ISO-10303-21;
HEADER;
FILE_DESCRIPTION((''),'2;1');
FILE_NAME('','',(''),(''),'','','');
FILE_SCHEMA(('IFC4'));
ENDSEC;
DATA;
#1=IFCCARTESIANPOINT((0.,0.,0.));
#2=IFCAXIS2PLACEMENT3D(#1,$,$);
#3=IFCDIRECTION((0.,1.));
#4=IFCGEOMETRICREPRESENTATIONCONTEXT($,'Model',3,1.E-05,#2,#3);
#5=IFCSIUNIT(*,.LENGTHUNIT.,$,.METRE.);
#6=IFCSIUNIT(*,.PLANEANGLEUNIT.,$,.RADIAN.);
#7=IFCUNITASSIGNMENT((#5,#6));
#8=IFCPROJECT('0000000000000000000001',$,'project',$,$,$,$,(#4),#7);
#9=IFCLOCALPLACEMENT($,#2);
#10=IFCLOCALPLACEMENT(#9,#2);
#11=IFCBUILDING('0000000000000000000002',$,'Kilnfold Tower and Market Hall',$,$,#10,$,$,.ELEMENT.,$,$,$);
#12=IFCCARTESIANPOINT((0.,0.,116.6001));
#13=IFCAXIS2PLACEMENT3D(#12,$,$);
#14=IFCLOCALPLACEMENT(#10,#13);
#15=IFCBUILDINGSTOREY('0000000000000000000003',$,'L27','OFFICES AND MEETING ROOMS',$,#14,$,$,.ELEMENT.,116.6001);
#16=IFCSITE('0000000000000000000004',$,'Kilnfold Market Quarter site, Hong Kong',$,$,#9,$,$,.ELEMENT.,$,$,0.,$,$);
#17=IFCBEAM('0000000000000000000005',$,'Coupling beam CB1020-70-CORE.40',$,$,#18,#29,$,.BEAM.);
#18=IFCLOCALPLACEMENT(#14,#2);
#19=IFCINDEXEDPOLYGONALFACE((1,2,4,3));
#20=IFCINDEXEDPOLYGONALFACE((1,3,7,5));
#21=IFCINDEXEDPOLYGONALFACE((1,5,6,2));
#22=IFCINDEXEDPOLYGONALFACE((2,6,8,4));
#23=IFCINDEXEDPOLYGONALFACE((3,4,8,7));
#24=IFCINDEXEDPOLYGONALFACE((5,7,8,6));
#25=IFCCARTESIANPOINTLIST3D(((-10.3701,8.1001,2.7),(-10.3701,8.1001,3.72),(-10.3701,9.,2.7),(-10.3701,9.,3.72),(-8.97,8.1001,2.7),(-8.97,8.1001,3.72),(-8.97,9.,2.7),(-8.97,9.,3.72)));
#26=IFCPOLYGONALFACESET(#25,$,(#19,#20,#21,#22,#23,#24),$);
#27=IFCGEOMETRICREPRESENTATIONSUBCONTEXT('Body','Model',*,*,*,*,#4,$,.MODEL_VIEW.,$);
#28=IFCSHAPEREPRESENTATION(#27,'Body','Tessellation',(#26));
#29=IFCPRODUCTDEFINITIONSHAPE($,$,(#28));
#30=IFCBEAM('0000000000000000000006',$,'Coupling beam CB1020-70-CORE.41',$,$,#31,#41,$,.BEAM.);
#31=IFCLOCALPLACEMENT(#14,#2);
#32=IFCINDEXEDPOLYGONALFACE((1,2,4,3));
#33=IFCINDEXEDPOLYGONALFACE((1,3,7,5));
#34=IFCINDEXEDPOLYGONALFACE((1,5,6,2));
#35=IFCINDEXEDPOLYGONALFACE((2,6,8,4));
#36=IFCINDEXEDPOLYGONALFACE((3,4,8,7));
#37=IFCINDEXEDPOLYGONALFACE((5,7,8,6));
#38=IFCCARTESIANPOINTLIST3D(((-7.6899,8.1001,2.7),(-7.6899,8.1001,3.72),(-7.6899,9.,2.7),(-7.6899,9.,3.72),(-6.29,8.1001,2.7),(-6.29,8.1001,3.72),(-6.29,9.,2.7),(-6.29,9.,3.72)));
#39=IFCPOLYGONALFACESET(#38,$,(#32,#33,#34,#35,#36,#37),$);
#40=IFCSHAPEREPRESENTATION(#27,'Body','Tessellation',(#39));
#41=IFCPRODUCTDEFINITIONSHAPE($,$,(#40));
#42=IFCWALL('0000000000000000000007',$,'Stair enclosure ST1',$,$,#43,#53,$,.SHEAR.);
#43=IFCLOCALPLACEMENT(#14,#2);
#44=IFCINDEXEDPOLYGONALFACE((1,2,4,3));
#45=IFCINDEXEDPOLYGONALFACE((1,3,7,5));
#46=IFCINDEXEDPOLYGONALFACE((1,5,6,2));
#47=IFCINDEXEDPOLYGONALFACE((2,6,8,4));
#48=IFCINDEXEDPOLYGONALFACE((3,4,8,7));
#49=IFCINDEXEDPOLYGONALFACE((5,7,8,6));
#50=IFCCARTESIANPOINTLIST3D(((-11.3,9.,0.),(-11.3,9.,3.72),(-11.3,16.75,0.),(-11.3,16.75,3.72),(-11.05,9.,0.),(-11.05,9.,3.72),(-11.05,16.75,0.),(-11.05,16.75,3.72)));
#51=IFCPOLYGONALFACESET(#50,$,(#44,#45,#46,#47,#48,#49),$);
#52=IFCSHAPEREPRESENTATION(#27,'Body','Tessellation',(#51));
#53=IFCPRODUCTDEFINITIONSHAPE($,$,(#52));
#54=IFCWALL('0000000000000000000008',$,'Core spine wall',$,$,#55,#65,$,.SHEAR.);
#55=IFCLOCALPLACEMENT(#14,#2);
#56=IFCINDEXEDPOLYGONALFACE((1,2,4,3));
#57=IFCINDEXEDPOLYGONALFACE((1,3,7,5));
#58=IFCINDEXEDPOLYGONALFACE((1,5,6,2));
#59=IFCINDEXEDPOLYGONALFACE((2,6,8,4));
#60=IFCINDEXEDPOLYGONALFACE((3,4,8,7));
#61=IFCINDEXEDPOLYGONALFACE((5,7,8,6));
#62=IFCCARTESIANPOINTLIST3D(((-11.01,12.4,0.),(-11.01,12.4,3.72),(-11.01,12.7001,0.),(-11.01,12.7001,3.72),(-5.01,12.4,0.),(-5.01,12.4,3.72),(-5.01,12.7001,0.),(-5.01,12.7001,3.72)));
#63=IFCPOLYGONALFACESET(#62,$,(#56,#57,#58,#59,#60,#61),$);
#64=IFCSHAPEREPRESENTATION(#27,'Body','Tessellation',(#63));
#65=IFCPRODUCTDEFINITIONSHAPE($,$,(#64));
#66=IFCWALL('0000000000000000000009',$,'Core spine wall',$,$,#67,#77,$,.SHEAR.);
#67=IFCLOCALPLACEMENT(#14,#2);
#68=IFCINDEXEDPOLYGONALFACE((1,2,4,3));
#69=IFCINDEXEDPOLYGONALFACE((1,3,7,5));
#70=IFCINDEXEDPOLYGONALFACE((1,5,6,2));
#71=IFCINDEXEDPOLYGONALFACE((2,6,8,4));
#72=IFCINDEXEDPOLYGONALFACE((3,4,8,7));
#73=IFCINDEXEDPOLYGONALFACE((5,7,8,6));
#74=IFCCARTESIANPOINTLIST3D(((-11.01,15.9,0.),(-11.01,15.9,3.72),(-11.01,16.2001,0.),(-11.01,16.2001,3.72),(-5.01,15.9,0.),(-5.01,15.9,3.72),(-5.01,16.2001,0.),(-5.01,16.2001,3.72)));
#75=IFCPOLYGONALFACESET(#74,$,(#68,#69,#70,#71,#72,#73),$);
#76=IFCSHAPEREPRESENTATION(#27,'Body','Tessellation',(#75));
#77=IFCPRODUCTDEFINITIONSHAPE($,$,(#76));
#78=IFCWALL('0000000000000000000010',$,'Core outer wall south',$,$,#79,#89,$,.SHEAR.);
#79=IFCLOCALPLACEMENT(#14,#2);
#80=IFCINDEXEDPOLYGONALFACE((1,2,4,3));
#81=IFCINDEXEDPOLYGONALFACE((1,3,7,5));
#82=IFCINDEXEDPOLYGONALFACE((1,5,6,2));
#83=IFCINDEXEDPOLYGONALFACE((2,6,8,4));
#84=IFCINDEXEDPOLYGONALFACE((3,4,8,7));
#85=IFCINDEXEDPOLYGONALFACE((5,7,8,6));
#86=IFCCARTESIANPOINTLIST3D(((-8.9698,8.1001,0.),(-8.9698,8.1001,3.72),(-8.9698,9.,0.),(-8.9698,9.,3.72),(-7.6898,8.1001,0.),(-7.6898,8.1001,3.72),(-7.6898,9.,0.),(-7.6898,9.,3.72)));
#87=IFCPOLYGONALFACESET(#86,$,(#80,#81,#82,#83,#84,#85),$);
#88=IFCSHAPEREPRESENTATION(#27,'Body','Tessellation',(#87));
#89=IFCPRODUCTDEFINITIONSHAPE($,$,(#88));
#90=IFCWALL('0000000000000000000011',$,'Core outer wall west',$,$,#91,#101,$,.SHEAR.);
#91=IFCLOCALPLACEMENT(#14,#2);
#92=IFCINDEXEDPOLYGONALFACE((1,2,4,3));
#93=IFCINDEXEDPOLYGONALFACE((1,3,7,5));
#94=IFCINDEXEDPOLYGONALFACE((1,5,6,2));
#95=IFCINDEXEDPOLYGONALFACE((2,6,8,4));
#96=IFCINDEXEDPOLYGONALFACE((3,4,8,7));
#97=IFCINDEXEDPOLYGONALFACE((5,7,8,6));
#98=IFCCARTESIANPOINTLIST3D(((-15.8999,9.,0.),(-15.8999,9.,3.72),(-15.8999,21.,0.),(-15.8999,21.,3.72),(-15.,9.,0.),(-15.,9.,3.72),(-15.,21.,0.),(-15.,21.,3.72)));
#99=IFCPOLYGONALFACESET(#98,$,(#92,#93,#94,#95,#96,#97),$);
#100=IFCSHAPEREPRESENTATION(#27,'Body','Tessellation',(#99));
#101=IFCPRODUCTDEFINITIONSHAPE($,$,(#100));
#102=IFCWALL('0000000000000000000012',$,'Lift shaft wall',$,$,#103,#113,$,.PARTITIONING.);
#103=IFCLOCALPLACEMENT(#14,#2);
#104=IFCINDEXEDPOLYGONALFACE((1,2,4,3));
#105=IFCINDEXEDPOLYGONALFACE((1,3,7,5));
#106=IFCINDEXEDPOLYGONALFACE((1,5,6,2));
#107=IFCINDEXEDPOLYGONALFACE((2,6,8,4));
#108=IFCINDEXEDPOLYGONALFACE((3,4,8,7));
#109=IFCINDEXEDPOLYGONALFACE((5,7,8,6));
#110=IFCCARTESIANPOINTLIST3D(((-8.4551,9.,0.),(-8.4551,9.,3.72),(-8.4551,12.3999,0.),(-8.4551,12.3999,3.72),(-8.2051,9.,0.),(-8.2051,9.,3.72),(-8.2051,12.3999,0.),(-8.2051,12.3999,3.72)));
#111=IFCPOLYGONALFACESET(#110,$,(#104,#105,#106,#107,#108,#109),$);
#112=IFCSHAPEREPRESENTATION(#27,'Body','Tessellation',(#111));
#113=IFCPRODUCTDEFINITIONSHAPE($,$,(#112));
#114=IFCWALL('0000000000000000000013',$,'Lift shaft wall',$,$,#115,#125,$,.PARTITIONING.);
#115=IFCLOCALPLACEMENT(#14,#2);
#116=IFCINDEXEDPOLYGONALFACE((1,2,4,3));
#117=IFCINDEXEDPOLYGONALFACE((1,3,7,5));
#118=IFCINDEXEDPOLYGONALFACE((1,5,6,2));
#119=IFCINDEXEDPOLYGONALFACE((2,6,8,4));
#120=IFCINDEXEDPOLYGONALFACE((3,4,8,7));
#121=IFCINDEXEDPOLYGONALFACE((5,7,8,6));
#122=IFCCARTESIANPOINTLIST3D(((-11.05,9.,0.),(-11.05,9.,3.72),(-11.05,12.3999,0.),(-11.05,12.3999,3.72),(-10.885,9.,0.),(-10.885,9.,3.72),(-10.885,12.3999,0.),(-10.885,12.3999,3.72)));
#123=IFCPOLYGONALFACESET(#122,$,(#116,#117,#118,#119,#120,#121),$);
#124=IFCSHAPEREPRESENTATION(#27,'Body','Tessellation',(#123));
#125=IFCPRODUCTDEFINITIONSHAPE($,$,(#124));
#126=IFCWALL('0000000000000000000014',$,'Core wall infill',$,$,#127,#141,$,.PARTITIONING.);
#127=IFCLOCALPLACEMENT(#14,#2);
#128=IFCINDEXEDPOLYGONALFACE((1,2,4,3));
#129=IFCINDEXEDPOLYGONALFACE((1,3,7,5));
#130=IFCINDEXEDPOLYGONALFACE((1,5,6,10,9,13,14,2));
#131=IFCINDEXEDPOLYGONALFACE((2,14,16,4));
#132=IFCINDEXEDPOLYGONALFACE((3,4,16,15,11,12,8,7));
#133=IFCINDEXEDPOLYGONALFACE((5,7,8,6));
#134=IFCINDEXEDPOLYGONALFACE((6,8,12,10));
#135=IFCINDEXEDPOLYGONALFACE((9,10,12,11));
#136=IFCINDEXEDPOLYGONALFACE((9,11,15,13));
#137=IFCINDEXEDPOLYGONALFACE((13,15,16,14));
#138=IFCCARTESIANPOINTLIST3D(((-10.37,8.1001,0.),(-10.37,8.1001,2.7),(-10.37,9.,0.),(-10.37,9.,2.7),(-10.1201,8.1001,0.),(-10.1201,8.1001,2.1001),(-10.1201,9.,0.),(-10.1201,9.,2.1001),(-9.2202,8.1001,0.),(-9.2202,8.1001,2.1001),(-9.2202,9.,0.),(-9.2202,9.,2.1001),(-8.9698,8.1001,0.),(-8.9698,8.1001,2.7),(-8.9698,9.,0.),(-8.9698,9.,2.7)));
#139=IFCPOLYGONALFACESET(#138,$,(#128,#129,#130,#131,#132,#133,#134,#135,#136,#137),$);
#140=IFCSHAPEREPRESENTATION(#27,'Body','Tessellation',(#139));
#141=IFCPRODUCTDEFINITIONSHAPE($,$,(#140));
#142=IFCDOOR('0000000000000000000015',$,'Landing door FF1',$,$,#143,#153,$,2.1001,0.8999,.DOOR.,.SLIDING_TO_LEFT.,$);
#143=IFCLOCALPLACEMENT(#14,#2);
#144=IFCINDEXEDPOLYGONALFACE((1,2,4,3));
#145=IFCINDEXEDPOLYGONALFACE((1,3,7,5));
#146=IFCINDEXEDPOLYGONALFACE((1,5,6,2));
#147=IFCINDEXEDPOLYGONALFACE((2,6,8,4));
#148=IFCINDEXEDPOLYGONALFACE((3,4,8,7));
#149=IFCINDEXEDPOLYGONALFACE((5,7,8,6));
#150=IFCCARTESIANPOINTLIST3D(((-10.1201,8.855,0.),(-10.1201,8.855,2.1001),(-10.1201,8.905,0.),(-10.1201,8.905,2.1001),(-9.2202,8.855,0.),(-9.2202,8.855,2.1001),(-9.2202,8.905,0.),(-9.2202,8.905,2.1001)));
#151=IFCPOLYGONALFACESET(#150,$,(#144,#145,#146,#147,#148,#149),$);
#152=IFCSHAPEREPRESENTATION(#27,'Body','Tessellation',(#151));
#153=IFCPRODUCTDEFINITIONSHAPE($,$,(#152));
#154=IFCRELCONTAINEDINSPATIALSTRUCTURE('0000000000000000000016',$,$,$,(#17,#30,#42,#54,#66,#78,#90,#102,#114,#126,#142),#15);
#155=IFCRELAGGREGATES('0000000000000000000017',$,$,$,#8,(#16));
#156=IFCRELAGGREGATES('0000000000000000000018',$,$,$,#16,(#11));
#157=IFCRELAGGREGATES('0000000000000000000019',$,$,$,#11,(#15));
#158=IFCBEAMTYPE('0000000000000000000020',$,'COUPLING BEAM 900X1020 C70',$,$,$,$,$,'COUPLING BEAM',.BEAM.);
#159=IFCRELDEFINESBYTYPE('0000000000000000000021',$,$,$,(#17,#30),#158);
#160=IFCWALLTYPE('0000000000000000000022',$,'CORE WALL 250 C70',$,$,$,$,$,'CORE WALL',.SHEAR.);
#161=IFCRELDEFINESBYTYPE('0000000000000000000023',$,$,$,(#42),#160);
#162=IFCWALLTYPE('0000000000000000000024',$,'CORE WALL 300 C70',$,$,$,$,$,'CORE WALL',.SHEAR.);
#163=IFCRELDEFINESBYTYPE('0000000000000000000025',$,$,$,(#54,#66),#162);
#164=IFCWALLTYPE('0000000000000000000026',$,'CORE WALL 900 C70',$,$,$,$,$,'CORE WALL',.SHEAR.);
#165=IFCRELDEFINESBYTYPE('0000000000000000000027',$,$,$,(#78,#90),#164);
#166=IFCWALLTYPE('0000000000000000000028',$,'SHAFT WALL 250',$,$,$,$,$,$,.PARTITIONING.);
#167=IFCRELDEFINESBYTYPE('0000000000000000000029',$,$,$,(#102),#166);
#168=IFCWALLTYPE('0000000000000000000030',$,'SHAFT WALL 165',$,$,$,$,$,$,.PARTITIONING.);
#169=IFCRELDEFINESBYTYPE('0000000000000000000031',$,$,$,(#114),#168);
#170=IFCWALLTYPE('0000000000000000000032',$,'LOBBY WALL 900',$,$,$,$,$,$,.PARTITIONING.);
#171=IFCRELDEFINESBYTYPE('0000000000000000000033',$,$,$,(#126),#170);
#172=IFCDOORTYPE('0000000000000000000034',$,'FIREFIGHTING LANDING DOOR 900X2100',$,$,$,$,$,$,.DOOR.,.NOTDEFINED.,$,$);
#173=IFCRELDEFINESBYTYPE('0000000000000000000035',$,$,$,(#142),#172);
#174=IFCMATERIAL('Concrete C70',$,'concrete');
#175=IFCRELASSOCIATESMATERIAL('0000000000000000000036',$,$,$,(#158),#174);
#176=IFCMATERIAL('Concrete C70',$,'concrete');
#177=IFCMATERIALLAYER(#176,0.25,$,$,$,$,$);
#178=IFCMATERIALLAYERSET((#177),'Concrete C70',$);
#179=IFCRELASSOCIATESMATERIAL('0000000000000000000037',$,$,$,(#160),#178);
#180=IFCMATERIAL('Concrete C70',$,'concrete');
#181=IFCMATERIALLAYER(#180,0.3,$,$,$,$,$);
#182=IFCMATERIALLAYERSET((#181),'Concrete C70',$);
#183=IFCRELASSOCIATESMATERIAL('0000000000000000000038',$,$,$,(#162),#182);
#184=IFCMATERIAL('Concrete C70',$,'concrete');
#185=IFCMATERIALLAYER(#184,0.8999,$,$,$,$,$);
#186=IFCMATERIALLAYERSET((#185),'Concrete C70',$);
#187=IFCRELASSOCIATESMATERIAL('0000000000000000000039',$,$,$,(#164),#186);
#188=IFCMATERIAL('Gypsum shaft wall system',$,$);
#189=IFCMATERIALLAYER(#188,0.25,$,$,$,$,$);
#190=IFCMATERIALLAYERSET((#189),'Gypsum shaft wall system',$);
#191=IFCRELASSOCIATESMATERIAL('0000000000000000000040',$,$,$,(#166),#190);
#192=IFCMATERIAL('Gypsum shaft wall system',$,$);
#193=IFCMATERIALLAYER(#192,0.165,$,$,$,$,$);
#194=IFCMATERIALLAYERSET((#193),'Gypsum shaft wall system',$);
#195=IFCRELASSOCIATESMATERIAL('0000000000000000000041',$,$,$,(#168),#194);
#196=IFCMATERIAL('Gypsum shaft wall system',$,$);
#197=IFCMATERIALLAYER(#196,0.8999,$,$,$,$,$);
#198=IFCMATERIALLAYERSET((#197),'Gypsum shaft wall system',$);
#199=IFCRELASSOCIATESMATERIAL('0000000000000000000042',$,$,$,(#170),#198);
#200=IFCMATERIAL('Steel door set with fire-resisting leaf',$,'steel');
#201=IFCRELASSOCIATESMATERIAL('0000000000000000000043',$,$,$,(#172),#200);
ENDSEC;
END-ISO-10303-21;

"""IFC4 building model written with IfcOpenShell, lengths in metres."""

from ifc_helpers import new_model, si_unit, direction, frame, frame_2d, origin, origin_2d, place, context, subcontext, project, spatial, rectangle, extrude, source, transform, mapped, material, layer, layer_set, material_profile, profile_set, type_object, element, fill, save


model = new_model("IFC4")

# Units and contexts
model_context = context("Model", 3, precision=1e-05, world=origin(), true_north=direction((0.0, 1.0)))
body_context = subcontext(model_context, "Body", "Model", "MODEL_VIEW")
ifc_project = project(units=[si_unit("LENGTHUNIT", "METRE"), si_unit("PLANEANGLEUNIT", "RADIAN")], contexts=[model_context])

# Site, building, storey
site_placement = place(None, origin())
site = spatial("IfcSite", under=ifc_project, at=site_placement, Name="Kilnfold Market Quarter site, Hong Kong", CompositionType="ELEMENT", RefElevation=0.0)
building_placement = place(site_placement, origin())
building = spatial("IfcBuilding", under=site, at=building_placement, Name="Kilnfold Tower and Market Hall", CompositionType="ELEMENT")
storey_placement = place(building_placement, frame((0.0, 0.0, 116.6001)))
storey = spatial("IfcBuildingStorey", under=building, at=storey_placement, Name="L27", Description="OFFICES AND MEETING ROOMS", CompositionType="ELEMENT", Elevation=116.6001)

# Beams
ifc_material_1 = material(Name="Concrete C70", Category="concrete")
ifc_material_profile = material_profile(ifc_material_1, rectangle(XDim=0.8999, YDim=1.02, at=origin_2d()), Name="RC 900x1020")
ifc_profile_set = profile_set([ifc_material_profile], Name="Concrete C70")
beam_type = type_object("IfcBeamType", Name="COUPLING BEAM 900X1020 C70", ElementType="COUPLING BEAM", PredefinedType="BEAM", material=ifc_profile_set)
shared_shape_1 = source(origin(), body_context, "Body", "SweptSolid", [
    extrude(rectangle(XDim=0.8999, YDim=1.02, at=origin_2d()), origin(), (0.0, 0.0, 1.0), 1.4001),
])
beam_1_placement = place(storey_placement, frame((-10.3701, 8.55, 3.21), z_axis=(1.0, 0.0, 0.0), x_axis=(0.0, 1.0, 0.0)))
element("IfcBeam", 1, at=beam_1_placement, inside=storey, type_object=beam_type, Name="Coupling beam CB1020-70-CORE.40", PredefinedType="BEAM", context=body_context, shape_type="MappedRepresentation", body=[
    mapped(shared_shape_1, transform((0.0, 0.0, 0.0))),
])
shared_shape_2 = source(origin(), body_context, "Body", "SweptSolid", [
    extrude(rectangle(XDim=0.8999, YDim=1.02, at=origin_2d()), origin(), (0.0, 0.0, 1.0), 1.3999),
])
beam_2_placement = place(storey_placement, frame((-7.6899, 8.55, 3.21), z_axis=(1.0, 0.0, 0.0), x_axis=(0.0, 1.0, 0.0)))
element("IfcBeam", 2, at=beam_2_placement, inside=storey, type_object=beam_type, Name="Coupling beam CB1020-70-CORE.41", PredefinedType="BEAM", context=body_context, shape_type="MappedRepresentation", body=[
    mapped(shared_shape_2, transform((0.0, 0.0, 0.0))),
])

# Walls
ifc_material_2 = material(Name="Concrete C70", Category="concrete")
ifc_layer_1 = layer(ifc_material_2, 0.25)
ifc_layer_set_1 = layer_set([ifc_layer_1], Name="Concrete C70")
wall_type_1 = type_object("IfcWallType", Name="CORE WALL 250 C70", ElementType="CORE WALL", PredefinedType="SHEAR", material=ifc_layer_set_1)
shared_shape_3 = source(origin(), body_context, "Body", "SweptSolid", [
    extrude(rectangle(XDim=7.75, YDim=0.25, at=frame_2d((3.875, 0.0))), origin(), (0.0, 0.0, 1.0), 3.72),
])
wall_1_placement = place(storey_placement, frame((-11.175, 9.0, 0.0), z_axis=(0.0, 0.0, 1.0), x_axis=(0.0, 1.0, 0.0)))
element("IfcWall", 3, at=wall_1_placement, inside=storey, type_object=wall_type_1, Name="Stair enclosure ST1", PredefinedType="SHEAR", context=body_context, shape_type="MappedRepresentation", body=[
    mapped(shared_shape_3, transform((0.0, 0.0, 0.0))),
])
ifc_material_3 = material(Name="Concrete C70", Category="concrete")
ifc_layer_2 = layer(ifc_material_3, 0.3)
ifc_layer_set_2 = layer_set([ifc_layer_2], Name="Concrete C70")
wall_type_2 = type_object("IfcWallType", Name="CORE WALL 300 C70", ElementType="CORE WALL", PredefinedType="SHEAR", material=ifc_layer_set_2)
shared_shape_4 = source(origin(), body_context, "Body", "SweptSolid", [
    extrude(rectangle(XDim=6.0, YDim=0.3, at=frame_2d((3.0, 0.0))), origin(), (0.0, 0.0, 1.0), 3.72),
])
for number, where, z_axis, x_axis, name in (
    (4, (-11.01, 12.55, 0.0), (0.0, 0.0, 1.0), (1.0, 0.0, 0.0), "Core spine wall"),
    (5, (-11.01, 16.05, 0.0), (0.0, 0.0, 1.0), (1.0, 0.0, 0.0), "Core spine wall"),
):
    element("IfcWall", number, at=place(storey_placement, frame(where, z_axis=z_axis, x_axis=x_axis)), inside=storey, type_object=wall_type_2, Name=name, PredefinedType="SHEAR", context=body_context, shape_type="MappedRepresentation", body=[
        mapped(shared_shape_4, transform((0.0, 0.0, 0.0))),
    ])
ifc_material_4 = material(Name="Concrete C70", Category="concrete")
ifc_layer_3 = layer(ifc_material_4, 0.8999)
ifc_layer_set_3 = layer_set([ifc_layer_3], Name="Concrete C70")
wall_type_3 = type_object("IfcWallType", Name="CORE WALL 900 C70", ElementType="CORE WALL", PredefinedType="SHEAR", material=ifc_layer_set_3)
shared_shape_5 = source(origin(), body_context, "Body", "SweptSolid", [
    extrude(rectangle(XDim=1.28, YDim=0.8999, at=frame_2d((0.6401, 0.0))), origin(), (0.0, 0.0, 1.0), 3.72),
])
wall_2_placement = place(storey_placement, frame((-8.97, 8.55, 0.0), z_axis=(0.0, 0.0, 1.0), x_axis=(1.0, 0.0, 0.0)))
element("IfcWall", 6, at=wall_2_placement, inside=storey, type_object=wall_type_3, Name="Core outer wall south", PredefinedType="SHEAR", context=body_context, shape_type="MappedRepresentation", body=[
    mapped(shared_shape_5, transform((0.0, 0.0, 0.0))),
])
shared_shape_6 = source(origin(), body_context, "Body", "SweptSolid", [
    extrude(rectangle(XDim=12.0, YDim=0.8999, at=frame_2d((6.0, 0.0))), origin(), (0.0, 0.0, 1.0), 3.72),
])
wall_3_placement = place(storey_placement, frame((-15.45, 9.0, 0.0), z_axis=(0.0, 0.0, 1.0), x_axis=(0.0, 1.0, 0.0)))
element("IfcWall", 7, at=wall_3_placement, inside=storey, type_object=wall_type_3, Name="Core outer wall west", PredefinedType="SHEAR", context=body_context, shape_type="MappedRepresentation", body=[
    mapped(shared_shape_6, transform((0.0, 0.0, 0.0))),
])
ifc_material_5 = material(Name="Gypsum shaft wall system")
ifc_layer_4 = layer(ifc_material_5, 0.25)
ifc_layer_set_4 = layer_set([ifc_layer_4], Name="Gypsum shaft wall system")
wall_type_4 = type_object("IfcWallType", Name="SHAFT WALL 250", PredefinedType="PARTITIONING", material=ifc_layer_set_4)
shared_shape_7 = source(origin(), body_context, "Body", "SweptSolid", [
    extrude(rectangle(XDim=3.3999, YDim=0.25, at=frame_2d((1.7, 0.0))), origin(), (0.0, 0.0, 1.0), 3.72),
])
wall_4_placement = place(storey_placement, frame((-8.3301, 9.0, 0.0), z_axis=(0.0, 0.0, 1.0), x_axis=(0.0, 1.0, 0.0)))
element("IfcWall", 8, at=wall_4_placement, inside=storey, type_object=wall_type_4, Name="Lift shaft wall", PredefinedType="PARTITIONING", context=body_context, shape_type="MappedRepresentation", body=[
    mapped(shared_shape_7, transform((0.0, 0.0, 0.0))),
])
ifc_material_6 = material(Name="Gypsum shaft wall system")
ifc_layer_5 = layer(ifc_material_6, 0.165)
ifc_layer_set_5 = layer_set([ifc_layer_5], Name="Gypsum shaft wall system")
wall_type_5 = type_object("IfcWallType", Name="SHAFT WALL 165", PredefinedType="PARTITIONING", material=ifc_layer_set_5)
shared_shape_8 = source(origin(), body_context, "Body", "SweptSolid", [
    extrude(rectangle(XDim=3.3999, YDim=0.165, at=frame_2d((1.7, 0.0))), origin(), (0.0, 0.0, 1.0), 3.72),
])
wall_5_placement = place(storey_placement, frame((-10.9675, 9.0, 0.0), z_axis=(0.0, 0.0, 1.0), x_axis=(0.0, 1.0, 0.0)))
element("IfcWall", 9, at=wall_5_placement, inside=storey, type_object=wall_type_5, Name="Lift shaft wall", PredefinedType="PARTITIONING", context=body_context, shape_type="MappedRepresentation", body=[
    mapped(shared_shape_8, transform((0.0, 0.0, 0.0))),
])

# Wall, opening, door
ifc_material_7 = material(Name="Gypsum shaft wall system")
ifc_layer_6 = layer(ifc_material_7, 0.8999)
ifc_layer_set_6 = layer_set([ifc_layer_6], Name="Gypsum shaft wall system")
wall_type_6 = type_object("IfcWallType", Name="LOBBY WALL 900", PredefinedType="PARTITIONING", material=ifc_layer_set_6)
shared_shape_9 = source(origin(), body_context, "Body", "SweptSolid", [
    extrude(rectangle(XDim=1.4001, YDim=0.8999, at=frame_2d((0.7002, 0.0))), origin(), (0.0, 0.0, 1.0), 2.7),
])
wall_6_placement = place(storey_placement, frame((-10.3701, 8.55, 0.0), z_axis=(0.0, 0.0, 1.0), x_axis=(1.0, 0.0, 0.0)))
wall_6 = element("IfcWall", 10, at=wall_6_placement, inside=storey, type_object=wall_type_6, Name="Core wall infill", PredefinedType="PARTITIONING", context=body_context, shape_type="MappedRepresentation", body=[
    mapped(shared_shape_9, transform((0.0, 0.0, 0.0))),
])
opening_1_placement = place(wall_6_placement, frame((0.25, 0.0, 0.0)))
opening_1 = element("IfcOpeningElement", 11, at=opening_1_placement, cuts=wall_6, PredefinedType="OPENING", context=body_context, shape_type="SweptSolid", body=[
    extrude(rectangle(XDim=0.8999, YDim=2.1001, at=frame_2d((0.45, 1.05))), frame((0.0, 0.46, 0.0), z_axis=(0.0, -1.0, 0.0), x_axis=(1.0, 0.0, 0.0)), (0.0, 0.0, 1.0), 0.9199),
])
ifc_material_8 = material(Name="Steel door set with fire-resisting leaf", Category="steel")
door_type = type_object("IfcDoorType", Name="FIREFIGHTING LANDING DOOR 900X2100", OperationType="NOTDEFINED", PredefinedType="DOOR", material=ifc_material_8)
door_1_placement = place(opening_1_placement, origin())
door_1 = element("IfcDoor", 12, at=door_1_placement, inside=storey, type_object=door_type, Name="Landing door FF1", OperationType="SLIDING_TO_LEFT", OverallHeight=2.1001, OverallWidth=0.8999, PredefinedType="DOOR", context=body_context, shape_type="SweptSolid", body=[
    extrude(rectangle(XDim=0.8999, YDim=2.1001, at=frame_2d((0.45, 1.05))), frame((0.0, 0.355, 0.0), z_axis=(0.0, -1.0, 0.0), x_axis=(1.0, 0.0, 0.0)), (0.0, 0.0, 1.0), 0.05),
])
fill(opening_1, door_1)

save(model, "model.ifc")
